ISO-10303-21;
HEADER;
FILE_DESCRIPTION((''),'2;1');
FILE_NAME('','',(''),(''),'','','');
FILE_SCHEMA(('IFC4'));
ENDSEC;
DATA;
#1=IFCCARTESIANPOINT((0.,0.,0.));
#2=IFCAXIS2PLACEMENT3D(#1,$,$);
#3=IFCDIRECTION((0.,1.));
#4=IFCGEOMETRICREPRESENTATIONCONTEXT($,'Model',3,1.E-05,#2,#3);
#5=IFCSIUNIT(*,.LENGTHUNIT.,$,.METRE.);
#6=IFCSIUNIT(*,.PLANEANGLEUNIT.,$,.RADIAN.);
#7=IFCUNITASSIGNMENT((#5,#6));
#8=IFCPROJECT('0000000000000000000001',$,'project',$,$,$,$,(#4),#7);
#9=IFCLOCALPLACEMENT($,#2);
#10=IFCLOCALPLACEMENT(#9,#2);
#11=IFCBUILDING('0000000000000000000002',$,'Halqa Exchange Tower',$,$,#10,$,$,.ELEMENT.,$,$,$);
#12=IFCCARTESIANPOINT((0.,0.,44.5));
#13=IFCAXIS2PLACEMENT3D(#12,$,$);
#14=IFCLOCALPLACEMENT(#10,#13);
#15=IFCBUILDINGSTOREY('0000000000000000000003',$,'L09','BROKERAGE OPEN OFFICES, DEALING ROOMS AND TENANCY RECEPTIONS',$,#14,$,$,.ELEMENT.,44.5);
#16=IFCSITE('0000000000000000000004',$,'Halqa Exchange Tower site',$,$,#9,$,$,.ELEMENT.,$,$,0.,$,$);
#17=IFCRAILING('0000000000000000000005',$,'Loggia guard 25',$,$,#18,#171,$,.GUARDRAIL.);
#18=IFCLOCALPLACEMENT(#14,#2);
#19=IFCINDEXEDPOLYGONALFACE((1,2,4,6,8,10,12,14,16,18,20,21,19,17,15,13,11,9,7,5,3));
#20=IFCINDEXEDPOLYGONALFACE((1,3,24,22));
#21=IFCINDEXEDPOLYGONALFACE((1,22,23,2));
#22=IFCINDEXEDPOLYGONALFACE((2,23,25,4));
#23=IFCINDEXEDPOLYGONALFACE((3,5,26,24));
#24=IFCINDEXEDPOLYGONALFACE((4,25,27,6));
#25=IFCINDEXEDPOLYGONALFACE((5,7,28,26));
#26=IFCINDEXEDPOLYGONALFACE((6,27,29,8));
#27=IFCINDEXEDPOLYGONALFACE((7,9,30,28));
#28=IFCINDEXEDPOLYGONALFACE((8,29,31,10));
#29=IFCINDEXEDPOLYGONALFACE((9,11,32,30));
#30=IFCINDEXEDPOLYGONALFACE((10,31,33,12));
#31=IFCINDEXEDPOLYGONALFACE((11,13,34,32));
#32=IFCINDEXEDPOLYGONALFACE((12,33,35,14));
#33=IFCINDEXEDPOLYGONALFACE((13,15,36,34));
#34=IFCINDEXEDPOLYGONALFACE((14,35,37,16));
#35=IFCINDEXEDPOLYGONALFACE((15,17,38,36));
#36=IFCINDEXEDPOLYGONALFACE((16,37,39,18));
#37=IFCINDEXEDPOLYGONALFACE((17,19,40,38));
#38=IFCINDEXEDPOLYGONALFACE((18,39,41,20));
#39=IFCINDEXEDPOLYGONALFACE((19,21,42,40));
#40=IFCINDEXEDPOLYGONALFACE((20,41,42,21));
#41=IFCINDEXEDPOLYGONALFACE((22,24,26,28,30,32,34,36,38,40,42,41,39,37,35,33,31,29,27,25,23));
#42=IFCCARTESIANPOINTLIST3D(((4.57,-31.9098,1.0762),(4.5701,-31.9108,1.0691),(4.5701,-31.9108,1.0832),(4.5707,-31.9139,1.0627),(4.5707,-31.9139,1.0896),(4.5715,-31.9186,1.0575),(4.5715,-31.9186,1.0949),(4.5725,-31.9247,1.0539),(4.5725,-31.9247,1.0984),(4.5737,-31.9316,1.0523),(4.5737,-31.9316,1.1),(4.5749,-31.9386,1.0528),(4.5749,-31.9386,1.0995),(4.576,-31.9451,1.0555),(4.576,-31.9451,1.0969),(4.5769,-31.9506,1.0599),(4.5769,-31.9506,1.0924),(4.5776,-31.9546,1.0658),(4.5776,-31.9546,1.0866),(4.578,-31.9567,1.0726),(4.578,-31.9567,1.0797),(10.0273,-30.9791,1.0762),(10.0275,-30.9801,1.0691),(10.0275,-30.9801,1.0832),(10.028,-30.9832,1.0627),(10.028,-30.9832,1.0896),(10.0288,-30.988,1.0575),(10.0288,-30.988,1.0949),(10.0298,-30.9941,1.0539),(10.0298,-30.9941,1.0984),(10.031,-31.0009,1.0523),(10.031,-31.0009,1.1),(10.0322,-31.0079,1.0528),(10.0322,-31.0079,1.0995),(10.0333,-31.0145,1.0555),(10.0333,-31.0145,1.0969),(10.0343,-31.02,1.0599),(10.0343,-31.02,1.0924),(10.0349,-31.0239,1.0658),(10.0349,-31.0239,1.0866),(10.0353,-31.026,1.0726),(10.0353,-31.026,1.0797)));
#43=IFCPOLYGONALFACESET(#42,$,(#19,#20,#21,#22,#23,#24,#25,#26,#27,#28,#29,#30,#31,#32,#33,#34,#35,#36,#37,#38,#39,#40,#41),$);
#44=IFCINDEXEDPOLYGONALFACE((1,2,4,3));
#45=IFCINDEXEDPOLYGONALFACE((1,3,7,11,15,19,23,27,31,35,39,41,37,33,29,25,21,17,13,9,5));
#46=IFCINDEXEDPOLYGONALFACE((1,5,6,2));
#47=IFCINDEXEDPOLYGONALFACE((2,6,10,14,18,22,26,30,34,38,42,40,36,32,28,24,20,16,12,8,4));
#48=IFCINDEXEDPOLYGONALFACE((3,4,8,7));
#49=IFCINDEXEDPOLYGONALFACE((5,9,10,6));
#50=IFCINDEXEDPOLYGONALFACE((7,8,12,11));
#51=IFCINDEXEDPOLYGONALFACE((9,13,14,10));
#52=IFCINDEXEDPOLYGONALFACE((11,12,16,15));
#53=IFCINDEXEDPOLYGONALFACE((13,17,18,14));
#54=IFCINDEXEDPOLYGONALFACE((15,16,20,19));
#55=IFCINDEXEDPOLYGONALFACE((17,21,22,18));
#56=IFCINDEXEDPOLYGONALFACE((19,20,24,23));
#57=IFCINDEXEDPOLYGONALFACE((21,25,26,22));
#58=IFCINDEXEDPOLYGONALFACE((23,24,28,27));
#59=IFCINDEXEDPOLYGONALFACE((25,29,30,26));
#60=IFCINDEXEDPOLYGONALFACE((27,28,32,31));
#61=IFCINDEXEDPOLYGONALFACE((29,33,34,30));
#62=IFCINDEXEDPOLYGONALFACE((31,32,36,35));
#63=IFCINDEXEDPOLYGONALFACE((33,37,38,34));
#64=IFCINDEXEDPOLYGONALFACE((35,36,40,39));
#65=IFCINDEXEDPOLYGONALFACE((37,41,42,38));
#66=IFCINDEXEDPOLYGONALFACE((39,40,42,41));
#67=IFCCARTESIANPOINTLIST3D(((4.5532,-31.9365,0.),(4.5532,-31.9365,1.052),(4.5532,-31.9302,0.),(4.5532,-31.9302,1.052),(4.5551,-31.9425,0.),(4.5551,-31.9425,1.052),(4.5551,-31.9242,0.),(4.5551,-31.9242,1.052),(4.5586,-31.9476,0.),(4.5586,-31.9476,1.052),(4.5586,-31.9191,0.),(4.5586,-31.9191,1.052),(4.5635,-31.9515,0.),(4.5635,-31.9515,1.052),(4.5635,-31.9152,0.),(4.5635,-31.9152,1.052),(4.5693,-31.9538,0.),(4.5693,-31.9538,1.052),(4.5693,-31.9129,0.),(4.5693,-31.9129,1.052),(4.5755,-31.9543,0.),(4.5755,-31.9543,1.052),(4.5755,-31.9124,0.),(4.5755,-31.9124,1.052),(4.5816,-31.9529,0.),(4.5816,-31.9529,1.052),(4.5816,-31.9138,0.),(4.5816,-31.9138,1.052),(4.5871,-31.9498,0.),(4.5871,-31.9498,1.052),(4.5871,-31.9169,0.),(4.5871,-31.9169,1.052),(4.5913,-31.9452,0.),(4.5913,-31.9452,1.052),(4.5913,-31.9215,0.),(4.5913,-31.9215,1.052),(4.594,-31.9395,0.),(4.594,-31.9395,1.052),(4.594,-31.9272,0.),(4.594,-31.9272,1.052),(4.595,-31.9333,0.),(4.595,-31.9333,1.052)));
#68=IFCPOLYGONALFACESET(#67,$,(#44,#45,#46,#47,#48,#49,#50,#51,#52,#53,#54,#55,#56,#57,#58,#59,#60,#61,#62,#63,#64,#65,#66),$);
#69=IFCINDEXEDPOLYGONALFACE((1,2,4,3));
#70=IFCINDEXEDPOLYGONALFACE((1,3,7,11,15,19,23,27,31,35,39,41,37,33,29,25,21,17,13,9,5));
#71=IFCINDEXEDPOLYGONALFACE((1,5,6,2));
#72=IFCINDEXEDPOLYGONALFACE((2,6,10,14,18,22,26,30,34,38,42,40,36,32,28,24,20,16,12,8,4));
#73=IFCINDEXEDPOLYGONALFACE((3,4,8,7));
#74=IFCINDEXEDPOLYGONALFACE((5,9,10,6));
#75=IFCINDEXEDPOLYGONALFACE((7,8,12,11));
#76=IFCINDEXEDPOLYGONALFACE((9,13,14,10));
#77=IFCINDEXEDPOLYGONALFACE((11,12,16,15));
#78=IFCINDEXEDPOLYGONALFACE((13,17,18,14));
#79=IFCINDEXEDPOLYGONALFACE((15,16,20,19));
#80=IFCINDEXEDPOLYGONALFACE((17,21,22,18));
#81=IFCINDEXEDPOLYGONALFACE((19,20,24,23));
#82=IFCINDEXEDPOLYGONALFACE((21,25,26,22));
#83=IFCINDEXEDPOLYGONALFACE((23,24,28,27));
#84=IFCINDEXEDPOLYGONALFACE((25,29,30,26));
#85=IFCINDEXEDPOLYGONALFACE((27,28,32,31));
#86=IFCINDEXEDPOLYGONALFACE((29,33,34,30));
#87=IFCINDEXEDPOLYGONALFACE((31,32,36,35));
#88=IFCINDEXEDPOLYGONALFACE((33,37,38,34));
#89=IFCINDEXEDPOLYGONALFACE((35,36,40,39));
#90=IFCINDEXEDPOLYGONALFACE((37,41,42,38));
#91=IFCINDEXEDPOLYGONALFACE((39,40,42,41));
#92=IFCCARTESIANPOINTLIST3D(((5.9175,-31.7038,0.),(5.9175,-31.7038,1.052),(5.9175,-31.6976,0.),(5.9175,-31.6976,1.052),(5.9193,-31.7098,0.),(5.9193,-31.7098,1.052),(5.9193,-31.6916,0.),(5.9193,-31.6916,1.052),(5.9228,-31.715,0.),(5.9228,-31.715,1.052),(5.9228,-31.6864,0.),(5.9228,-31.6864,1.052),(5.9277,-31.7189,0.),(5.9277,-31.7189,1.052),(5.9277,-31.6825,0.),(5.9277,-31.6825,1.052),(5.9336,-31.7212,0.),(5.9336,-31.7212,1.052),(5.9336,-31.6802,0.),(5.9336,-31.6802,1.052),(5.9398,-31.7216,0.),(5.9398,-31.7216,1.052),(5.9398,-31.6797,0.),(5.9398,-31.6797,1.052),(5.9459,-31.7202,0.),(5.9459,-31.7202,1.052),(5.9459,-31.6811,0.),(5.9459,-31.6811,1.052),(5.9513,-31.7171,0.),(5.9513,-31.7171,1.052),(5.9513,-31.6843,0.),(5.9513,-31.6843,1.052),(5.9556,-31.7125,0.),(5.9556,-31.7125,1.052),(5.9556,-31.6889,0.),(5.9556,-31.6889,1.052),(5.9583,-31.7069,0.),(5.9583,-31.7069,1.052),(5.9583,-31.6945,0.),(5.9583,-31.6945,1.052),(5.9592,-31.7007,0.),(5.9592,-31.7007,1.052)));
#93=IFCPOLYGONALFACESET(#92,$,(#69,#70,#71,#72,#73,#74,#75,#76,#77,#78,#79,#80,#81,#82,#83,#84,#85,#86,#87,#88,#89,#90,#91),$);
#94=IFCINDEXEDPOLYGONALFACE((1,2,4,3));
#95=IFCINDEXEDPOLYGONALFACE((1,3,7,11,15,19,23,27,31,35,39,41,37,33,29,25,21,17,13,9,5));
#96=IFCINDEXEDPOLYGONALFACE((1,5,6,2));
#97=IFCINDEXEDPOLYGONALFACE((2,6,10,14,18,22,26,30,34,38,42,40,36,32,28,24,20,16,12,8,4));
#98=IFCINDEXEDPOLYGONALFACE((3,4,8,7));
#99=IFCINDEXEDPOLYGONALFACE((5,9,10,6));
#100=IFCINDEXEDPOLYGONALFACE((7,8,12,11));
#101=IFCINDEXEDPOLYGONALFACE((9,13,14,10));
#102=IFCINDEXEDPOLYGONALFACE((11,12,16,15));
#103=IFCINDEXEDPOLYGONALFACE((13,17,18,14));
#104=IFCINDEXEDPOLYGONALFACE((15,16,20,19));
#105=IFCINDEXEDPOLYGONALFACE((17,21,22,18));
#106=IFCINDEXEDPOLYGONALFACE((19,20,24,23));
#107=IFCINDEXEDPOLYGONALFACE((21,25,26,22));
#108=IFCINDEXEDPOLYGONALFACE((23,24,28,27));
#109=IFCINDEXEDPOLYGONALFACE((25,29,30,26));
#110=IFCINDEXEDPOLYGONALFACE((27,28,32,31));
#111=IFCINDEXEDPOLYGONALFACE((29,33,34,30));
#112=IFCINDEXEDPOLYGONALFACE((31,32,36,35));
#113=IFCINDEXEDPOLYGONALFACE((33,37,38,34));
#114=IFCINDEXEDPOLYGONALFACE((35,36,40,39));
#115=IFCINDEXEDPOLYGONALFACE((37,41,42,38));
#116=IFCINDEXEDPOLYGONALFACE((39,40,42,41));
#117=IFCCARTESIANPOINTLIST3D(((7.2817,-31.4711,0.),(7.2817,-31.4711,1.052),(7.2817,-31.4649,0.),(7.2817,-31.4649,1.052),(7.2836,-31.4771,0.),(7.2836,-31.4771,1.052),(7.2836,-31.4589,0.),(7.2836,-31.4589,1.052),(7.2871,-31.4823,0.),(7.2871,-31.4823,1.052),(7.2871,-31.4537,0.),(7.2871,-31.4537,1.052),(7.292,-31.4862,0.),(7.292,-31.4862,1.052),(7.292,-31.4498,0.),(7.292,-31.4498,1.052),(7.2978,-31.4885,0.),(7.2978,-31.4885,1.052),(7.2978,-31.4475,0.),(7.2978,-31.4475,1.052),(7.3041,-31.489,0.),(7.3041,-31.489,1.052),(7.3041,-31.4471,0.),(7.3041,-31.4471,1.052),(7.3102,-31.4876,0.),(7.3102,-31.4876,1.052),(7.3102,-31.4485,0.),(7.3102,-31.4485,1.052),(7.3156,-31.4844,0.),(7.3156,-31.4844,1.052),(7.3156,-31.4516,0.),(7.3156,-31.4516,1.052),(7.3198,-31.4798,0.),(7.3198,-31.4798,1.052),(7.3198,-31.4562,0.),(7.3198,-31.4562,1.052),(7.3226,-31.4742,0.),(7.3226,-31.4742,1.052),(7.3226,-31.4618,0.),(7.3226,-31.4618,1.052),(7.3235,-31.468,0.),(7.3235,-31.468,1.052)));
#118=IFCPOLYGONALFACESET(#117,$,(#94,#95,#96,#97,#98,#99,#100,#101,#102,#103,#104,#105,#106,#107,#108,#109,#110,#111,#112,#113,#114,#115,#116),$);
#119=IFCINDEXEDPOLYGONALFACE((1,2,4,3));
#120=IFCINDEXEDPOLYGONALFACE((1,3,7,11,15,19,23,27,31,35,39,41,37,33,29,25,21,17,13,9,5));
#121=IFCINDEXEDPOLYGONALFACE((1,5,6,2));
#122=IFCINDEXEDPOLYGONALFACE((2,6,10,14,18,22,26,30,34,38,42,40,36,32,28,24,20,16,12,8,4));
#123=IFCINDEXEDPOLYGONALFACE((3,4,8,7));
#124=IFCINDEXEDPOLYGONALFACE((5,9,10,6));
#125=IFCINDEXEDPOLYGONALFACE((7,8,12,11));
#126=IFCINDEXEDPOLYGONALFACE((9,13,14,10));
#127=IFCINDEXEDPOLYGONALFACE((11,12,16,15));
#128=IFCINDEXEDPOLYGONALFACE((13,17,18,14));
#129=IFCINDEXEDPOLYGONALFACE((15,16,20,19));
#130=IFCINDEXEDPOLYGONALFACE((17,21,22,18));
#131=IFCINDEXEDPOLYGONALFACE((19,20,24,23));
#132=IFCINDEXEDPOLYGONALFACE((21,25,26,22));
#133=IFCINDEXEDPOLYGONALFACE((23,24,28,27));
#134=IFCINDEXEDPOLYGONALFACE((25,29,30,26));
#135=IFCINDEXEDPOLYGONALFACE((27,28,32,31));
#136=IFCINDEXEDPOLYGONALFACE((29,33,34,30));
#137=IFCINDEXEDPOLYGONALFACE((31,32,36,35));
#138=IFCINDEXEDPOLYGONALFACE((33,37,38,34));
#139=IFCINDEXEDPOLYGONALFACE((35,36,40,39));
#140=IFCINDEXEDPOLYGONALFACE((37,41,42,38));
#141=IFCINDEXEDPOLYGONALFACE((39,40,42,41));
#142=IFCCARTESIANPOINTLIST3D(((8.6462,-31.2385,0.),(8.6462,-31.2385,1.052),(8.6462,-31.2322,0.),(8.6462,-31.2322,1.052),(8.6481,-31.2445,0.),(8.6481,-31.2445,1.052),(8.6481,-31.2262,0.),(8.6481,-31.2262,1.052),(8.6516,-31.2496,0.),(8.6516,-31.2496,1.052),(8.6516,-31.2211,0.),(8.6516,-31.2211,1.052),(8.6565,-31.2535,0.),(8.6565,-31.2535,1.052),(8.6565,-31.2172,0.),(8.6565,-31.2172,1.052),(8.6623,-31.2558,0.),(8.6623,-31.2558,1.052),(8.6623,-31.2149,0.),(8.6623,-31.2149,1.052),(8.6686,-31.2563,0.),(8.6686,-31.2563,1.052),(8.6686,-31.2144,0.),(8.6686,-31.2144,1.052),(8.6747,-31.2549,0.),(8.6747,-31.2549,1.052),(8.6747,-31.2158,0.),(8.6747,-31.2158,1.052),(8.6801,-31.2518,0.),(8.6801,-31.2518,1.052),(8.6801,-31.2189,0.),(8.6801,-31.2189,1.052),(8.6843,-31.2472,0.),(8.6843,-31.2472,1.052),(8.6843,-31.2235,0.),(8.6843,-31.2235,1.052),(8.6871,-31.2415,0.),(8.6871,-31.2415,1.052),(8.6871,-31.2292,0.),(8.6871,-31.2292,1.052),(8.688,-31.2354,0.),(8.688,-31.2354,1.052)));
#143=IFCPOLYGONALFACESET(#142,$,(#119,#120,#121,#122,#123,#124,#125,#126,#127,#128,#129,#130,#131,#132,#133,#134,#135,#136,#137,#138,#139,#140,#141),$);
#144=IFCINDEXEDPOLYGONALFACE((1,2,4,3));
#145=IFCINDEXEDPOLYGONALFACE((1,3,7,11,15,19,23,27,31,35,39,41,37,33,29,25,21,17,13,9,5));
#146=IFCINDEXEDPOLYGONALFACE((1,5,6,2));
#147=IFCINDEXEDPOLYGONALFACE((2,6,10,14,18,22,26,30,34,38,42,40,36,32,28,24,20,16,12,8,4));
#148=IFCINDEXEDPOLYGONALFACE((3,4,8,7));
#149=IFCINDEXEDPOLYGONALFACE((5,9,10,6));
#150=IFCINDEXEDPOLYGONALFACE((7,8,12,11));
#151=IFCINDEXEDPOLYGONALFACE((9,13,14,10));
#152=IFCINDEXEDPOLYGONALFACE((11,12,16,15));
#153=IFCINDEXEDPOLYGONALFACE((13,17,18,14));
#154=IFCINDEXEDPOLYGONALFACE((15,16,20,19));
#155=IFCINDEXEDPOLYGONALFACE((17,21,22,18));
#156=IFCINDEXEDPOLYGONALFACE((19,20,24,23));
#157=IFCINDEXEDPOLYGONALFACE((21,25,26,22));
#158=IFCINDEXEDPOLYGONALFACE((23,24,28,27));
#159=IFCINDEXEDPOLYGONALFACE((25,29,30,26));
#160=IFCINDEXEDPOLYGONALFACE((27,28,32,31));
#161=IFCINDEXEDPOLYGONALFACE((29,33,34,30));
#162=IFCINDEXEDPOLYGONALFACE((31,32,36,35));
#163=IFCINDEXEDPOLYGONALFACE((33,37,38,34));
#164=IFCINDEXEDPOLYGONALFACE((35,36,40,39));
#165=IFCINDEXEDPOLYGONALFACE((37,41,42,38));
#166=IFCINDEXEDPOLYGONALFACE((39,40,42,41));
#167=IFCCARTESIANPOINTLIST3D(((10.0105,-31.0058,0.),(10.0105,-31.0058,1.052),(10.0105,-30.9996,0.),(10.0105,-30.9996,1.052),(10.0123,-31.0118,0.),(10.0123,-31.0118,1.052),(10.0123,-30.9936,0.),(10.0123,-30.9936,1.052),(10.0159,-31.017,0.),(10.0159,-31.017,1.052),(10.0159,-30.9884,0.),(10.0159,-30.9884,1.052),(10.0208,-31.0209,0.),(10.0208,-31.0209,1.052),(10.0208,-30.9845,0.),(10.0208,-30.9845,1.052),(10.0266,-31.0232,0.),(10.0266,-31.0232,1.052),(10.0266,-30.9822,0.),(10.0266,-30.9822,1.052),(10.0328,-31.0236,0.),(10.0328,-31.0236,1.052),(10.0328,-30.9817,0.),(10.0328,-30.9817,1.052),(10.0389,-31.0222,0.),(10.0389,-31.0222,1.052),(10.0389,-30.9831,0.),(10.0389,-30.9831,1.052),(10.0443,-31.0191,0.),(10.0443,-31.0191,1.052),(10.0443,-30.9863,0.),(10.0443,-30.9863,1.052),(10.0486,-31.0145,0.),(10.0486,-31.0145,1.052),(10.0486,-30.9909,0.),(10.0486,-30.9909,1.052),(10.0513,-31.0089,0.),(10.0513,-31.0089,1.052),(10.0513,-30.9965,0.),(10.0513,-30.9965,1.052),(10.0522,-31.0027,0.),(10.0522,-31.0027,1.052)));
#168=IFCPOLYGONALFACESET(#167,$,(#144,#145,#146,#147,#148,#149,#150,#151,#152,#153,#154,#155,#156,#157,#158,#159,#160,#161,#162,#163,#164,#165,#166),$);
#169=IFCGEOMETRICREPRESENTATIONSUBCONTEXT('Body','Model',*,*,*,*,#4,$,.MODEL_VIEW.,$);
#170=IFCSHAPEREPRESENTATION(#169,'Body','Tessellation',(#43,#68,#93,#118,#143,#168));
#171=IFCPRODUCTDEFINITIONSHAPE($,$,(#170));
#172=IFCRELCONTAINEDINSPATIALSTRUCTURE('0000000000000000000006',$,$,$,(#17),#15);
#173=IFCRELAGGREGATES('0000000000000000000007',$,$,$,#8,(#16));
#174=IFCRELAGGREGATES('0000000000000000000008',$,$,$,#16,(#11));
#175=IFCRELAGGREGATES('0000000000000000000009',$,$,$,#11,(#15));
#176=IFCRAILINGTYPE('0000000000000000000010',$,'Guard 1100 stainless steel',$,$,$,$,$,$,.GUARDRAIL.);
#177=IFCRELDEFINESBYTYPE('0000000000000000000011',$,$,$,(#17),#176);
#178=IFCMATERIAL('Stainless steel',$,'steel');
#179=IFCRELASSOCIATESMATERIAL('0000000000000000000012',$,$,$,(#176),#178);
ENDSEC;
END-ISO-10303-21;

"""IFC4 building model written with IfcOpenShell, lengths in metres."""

from ifc_helpers import new_model, si_unit, direction, frame, origin, origin_2d, place, context, subcontext, project, spatial, circle, extrude, material, type_object, element, save


model = new_model("IFC4")

# Units and contexts
model_context = context("Model", 3, precision=1e-05, world=origin(), true_north=direction((0.0, 1.0)))
body_context = subcontext(model_context, "Body", "Model", "MODEL_VIEW")
ifc_project = project(units=[si_unit("LENGTHUNIT", "METRE"), si_unit("PLANEANGLEUNIT", "RADIAN")], contexts=[model_context])

# Site, building, storey
site_placement = place(None, origin())
site = spatial("IfcSite", under=ifc_project, at=site_placement, Name="Halqa Exchange Tower site", CompositionType="ELEMENT", RefElevation=0.0)
building_placement = place(site_placement, origin())
building = spatial("IfcBuilding", under=site, at=building_placement, Name="Halqa Exchange Tower", CompositionType="ELEMENT")
storey_placement = place(building_placement, frame((0.0, 0.0, 44.5)))
storey = spatial("IfcBuildingStorey", under=building, at=storey_placement, Name="L09", Description="BROKERAGE OPEN OFFICES, DEALING ROOMS AND TENANCY RECEPTIONS", CompositionType="ELEMENT", Elevation=44.5)

# Railing
ifc_material_1 = material(Name="Stainless steel", Category="steel")
railing_type = type_object("IfcRailingType", Name="Guard 1100 stainless steel", PredefinedType="GUARDRAIL", material=ifc_material_1)
railing_1_placement = place(storey_placement, frame((4.574, -31.9333, 0.0)))
element("IfcRailing", 1, at=railing_1_placement, inside=storey, type_object=railing_type, Name="Loggia guard 25", PredefinedType="GUARDRAIL", context=body_context, shape_type="SweptSolid", body=[
    extrude(circle(Radius=0.0239, at=origin_2d()), frame((0.0, 0.0, 1.0762), z_axis=(0.985768, 0.168109, 0.0), x_axis=(-0.168109, 0.985768, 0.0)), (0.0, 0.0, 1.0), 5.5361),
    extrude(circle(Radius=0.021, at=origin_2d()), origin(), (0.0, 0.0, 1.0), 1.052),
    extrude(circle(Radius=0.021, at=origin_2d()), frame((1.3643, 0.2327, 0.0)), (0.0, 0.0, 1.0), 1.052),
    extrude(circle(Radius=0.021, at=origin_2d()), frame((2.7285, 0.4653, 0.0)), (0.0, 0.0, 1.0), 1.052),
    extrude(circle(Radius=0.021, at=origin_2d()), frame((4.093, 0.698, 0.0)), (0.0, 0.0, 1.0), 1.052),
    extrude(circle(Radius=0.021, at=origin_2d()), frame((5.4573, 0.9307, 0.0)), (0.0, 0.0, 1.0), 1.052),
])

save(model, "model.ifc")
